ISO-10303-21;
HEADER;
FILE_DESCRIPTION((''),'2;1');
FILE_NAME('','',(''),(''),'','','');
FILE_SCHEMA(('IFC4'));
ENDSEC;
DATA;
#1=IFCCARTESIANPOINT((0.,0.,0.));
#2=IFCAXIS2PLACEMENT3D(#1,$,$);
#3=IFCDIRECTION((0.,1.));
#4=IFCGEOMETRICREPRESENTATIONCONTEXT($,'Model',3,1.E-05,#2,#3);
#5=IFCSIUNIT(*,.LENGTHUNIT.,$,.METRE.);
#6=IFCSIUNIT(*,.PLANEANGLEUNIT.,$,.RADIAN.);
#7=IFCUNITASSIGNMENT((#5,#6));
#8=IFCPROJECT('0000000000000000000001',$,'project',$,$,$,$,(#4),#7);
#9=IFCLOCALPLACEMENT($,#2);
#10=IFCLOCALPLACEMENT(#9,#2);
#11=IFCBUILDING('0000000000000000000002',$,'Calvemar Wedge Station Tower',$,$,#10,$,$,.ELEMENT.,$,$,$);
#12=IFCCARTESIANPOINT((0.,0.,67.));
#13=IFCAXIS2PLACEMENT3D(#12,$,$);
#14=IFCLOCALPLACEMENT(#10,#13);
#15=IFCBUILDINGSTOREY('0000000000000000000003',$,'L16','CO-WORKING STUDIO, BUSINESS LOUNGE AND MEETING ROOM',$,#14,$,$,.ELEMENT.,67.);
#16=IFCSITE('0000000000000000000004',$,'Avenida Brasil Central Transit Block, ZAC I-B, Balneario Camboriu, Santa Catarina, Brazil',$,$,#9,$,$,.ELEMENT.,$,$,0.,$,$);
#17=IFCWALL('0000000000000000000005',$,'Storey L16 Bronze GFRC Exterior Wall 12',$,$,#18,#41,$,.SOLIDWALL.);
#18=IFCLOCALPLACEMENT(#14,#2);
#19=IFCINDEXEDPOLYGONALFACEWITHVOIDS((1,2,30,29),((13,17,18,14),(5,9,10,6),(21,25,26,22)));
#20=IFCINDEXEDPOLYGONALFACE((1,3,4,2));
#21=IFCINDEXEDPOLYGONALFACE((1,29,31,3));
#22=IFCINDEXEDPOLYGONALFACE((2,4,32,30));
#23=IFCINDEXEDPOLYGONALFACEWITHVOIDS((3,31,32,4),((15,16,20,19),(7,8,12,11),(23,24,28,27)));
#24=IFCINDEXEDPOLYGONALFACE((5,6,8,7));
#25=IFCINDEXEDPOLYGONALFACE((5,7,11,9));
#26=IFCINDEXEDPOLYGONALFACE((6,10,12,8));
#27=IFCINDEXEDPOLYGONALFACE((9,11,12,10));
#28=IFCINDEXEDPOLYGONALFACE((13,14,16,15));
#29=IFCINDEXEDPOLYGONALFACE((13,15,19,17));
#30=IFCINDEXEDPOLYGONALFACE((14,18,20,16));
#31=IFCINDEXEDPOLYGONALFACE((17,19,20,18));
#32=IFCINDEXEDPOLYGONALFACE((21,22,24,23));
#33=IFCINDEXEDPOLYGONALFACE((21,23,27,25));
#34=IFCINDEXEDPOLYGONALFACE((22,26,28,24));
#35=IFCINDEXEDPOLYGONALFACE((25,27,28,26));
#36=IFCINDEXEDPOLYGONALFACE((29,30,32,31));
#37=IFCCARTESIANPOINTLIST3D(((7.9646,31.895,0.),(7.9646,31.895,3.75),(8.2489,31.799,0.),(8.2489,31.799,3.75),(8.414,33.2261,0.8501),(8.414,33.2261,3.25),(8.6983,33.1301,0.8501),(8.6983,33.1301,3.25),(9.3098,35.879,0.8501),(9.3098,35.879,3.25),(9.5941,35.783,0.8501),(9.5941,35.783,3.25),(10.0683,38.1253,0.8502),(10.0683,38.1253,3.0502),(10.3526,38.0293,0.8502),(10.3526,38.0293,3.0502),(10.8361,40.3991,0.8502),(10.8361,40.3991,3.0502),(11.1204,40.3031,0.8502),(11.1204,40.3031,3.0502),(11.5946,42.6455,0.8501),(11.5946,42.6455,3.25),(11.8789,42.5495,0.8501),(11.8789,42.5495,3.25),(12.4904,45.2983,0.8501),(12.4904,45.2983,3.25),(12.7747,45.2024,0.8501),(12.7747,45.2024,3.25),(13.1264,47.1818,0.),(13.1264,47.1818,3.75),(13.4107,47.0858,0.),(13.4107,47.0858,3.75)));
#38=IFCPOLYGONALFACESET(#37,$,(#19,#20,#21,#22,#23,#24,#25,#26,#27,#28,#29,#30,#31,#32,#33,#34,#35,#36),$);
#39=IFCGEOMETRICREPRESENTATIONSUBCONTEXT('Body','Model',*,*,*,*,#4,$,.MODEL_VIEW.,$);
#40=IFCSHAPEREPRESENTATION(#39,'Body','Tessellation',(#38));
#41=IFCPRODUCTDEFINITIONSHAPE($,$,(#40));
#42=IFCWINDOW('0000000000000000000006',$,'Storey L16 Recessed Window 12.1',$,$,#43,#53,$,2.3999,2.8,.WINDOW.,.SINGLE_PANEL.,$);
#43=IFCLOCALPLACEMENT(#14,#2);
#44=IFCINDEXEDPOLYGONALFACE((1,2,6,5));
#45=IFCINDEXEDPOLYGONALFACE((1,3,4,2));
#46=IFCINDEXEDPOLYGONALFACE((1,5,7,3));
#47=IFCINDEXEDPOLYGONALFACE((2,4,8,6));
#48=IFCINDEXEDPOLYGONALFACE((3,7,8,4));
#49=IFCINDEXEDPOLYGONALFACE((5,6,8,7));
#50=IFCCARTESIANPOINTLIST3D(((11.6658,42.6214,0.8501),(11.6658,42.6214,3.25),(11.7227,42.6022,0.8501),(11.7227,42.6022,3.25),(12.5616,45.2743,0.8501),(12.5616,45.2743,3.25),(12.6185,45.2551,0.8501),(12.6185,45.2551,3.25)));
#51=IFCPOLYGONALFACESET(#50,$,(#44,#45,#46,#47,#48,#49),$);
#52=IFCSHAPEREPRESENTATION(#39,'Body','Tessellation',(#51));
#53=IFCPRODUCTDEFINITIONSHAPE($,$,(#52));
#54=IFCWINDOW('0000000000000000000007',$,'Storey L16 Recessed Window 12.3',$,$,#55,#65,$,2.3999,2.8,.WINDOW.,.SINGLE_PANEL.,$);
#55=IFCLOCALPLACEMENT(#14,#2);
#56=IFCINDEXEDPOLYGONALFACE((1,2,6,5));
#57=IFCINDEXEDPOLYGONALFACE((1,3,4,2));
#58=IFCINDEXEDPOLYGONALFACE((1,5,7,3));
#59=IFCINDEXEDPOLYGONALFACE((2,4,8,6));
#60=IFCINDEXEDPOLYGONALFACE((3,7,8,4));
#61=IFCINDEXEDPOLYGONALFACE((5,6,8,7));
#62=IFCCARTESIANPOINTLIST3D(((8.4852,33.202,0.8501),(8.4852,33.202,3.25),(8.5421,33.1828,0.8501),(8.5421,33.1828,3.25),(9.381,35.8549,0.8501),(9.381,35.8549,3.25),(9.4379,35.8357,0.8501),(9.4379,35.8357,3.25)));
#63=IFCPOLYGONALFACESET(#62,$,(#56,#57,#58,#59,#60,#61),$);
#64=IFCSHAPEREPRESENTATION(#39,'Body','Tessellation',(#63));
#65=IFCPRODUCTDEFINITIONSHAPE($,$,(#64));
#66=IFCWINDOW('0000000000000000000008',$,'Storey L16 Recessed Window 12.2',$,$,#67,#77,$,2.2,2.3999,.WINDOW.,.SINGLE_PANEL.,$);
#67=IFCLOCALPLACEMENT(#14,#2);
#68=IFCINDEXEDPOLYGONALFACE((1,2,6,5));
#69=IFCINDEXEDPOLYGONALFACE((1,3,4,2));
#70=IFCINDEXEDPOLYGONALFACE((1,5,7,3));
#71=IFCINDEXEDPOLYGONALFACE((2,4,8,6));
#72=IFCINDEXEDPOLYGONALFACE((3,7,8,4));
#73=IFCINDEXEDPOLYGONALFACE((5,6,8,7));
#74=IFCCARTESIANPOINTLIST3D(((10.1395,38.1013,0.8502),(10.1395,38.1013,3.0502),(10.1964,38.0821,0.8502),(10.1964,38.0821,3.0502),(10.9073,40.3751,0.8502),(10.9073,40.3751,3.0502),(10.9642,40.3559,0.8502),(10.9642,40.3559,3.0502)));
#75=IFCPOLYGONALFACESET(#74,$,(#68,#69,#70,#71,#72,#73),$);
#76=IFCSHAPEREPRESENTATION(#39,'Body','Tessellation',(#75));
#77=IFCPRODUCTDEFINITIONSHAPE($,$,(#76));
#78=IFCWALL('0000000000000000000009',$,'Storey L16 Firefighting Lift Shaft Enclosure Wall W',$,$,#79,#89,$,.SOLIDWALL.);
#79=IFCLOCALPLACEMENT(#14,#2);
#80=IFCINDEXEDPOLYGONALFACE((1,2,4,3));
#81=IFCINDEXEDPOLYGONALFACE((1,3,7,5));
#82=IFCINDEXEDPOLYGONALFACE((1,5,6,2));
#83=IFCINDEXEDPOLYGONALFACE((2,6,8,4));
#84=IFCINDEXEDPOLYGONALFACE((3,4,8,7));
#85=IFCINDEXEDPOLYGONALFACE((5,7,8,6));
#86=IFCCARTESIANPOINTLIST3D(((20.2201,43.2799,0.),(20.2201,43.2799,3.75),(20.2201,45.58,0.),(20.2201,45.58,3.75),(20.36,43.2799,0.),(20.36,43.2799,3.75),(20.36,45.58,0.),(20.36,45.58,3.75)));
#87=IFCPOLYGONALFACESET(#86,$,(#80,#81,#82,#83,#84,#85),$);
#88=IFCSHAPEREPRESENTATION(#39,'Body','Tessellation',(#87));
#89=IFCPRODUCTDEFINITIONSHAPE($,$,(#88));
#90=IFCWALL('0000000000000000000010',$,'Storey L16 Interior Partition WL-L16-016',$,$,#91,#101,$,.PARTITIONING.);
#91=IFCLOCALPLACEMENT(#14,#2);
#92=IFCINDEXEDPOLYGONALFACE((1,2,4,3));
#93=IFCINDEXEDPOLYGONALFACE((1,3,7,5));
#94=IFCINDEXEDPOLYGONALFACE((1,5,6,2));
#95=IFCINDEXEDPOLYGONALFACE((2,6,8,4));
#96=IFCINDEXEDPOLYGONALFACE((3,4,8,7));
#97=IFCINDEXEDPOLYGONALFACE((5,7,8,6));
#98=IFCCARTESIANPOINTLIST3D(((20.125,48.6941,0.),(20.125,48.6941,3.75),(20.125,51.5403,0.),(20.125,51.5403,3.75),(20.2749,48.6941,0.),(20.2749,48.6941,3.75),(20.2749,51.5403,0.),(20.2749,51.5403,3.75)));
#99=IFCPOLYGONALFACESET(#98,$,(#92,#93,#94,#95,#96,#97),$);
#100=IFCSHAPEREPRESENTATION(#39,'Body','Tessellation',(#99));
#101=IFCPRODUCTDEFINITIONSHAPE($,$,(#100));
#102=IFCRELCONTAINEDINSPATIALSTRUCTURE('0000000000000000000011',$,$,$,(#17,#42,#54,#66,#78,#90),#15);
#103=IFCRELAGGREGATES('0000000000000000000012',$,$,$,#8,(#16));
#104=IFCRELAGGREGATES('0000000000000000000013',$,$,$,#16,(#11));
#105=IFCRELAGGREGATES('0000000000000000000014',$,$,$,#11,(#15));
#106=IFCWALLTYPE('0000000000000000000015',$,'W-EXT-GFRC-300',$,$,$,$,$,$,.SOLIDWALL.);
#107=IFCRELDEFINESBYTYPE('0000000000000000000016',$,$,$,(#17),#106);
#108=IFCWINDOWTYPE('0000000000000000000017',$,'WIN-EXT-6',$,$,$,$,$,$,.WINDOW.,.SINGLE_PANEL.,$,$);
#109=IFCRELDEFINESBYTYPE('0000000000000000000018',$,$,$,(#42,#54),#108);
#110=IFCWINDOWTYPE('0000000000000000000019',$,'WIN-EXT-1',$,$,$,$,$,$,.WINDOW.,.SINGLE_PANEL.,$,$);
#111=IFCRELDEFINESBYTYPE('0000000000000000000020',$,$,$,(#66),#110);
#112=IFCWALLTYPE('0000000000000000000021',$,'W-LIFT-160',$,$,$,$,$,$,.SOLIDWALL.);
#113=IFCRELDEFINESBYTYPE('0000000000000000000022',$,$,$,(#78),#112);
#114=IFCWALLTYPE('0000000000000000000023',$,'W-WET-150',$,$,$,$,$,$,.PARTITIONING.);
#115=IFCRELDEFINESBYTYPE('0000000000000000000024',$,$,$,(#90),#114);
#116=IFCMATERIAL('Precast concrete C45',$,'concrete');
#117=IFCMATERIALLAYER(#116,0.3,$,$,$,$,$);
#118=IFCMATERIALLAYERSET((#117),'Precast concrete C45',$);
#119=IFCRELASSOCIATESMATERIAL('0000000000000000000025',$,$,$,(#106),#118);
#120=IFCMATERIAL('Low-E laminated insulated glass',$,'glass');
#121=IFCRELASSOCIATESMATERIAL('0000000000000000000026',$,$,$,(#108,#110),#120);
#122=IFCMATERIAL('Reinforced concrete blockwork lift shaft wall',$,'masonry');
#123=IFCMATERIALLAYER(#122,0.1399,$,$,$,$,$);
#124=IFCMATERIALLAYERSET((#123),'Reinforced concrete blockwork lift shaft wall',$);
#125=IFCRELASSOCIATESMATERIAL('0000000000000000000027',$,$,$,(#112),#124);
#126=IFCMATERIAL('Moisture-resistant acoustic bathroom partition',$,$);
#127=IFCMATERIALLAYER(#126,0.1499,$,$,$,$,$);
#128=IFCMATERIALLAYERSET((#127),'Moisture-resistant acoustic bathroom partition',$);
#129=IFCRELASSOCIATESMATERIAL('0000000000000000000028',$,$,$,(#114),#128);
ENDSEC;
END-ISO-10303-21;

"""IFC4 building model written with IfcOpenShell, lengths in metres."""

from ifc_helpers import new_model, si_unit, direction, frame, frame_2d, origin, place, context, subcontext, project, spatial, rectangle, extrude, source, transform, mapped, material, layer, layer_set, type_object, element, fill, save


model = new_model("IFC4")

# Units and contexts
model_context = context("Model", 3, precision=1e-05, world=origin(), true_north=direction((0.0, 1.0)))
body_context = subcontext(model_context, "Body", "Model", "MODEL_VIEW")
ifc_project = project(units=[si_unit("LENGTHUNIT", "METRE"), si_unit("PLANEANGLEUNIT", "RADIAN")], contexts=[model_context])

# Site, building, storey
site_placement = place(None, origin())
site = spatial("IfcSite", under=ifc_project, at=site_placement, Name="Avenida Brasil Central Transit Block, ZAC I-B, Balneario Camboriu, Santa Catarina, Brazil", CompositionType="ELEMENT", RefElevation=0.0)
building_placement = place(site_placement, origin())
building = spatial("IfcBuilding", under=site, at=building_placement, Name="Calvemar Wedge Station Tower", CompositionType="ELEMENT")
storey_placement = place(building_placement, frame((0.0, 0.0, 67.0)))
storey = spatial("IfcBuildingStorey", under=building, at=storey_placement, Name="L16", Description="CO-WORKING STUDIO, BUSINESS LOUNGE AND MEETING ROOM", CompositionType="ELEMENT", Elevation=67.0)

# Shared definitions
ifc_material_1 = material(Name="Precast concrete C45", Category="concrete")

# Wall, openings, windows
ifc_layer_1 = layer(ifc_material_1, 0.3)
ifc_layer_set_1 = layer_set([ifc_layer_1], Name="Precast concrete C45")
wall_type_1 = type_object("IfcWallType", Name="W-EXT-GFRC-300", PredefinedType="SOLIDWALL", material=ifc_layer_set_1)
wall_1_placement = place(storey_placement, frame((13.2686, 47.1338, 0.0), z_axis=(0.0, 0.0, 1.0), x_axis=(-0.31992, -0.947444, 0.0)))
wall_1 = element("IfcWall", 1, at=wall_1_placement, inside=storey, type_object=wall_type_1, Name="Storey L16 Bronze GFRC Exterior Wall 12", PredefinedType="SOLIDWALL", context=body_context, shape_type="SweptSolid", body=[
    extrude(rectangle(XDim=16.1348, YDim=0.3, at=frame_2d((8.0674, 0.0))), origin(), (0.0, 0.0, 1.0), 3.75),
])
shared_shape_1 = source(origin(), body_context, "Body", "SweptSolid", [
    extrude(rectangle(XDim=2.8, YDim=2.3999, at=frame_2d((1.3999, 1.2))), frame((0.0, 0.1602, 0.0), z_axis=(0.0, -1.0, 0.0), x_axis=(1.0, 0.0, 0.0)), (0.0, 0.0, 1.0), 0.3201),
])
opening_1_placement = place(wall_1_placement, frame((1.988, 0.0, 0.8501)))
opening_1 = element("IfcOpeningElement", 2, at=opening_1_placement, cuts=wall_1, PredefinedType="OPENING", context=body_context, shape_type="MappedRepresentation", body=[
    mapped(shared_shape_1, transform((0.0, 0.0, 0.0), scale=1.0)),
])
shared_shape_2 = source(origin(), body_context, "Body", "SweptSolid", [
    extrude(rectangle(XDim=2.3999, YDim=2.2, at=frame_2d((1.2, 1.1001))), frame((0.0, 0.1602, 0.0), z_axis=(0.0, -1.0, 0.0), x_axis=(1.0, 0.0, 0.0)), (0.0, 0.0, 1.0), 0.3201),
])
opening_2_placement = place(wall_1_placement, frame((7.1589, 0.0, 0.8501)))
opening_2 = element("IfcOpeningElement", 3, at=opening_2_placement, cuts=wall_1, PredefinedType="OPENING", context=body_context, shape_type="MappedRepresentation", body=[
    mapped(shared_shape_2, transform((0.0, 0.0, 0.0), scale=1.0)),
])
opening_3_placement = place(wall_1_placement, frame((11.9299, 0.0, 0.8501)))
opening_3 = element("IfcOpeningElement", 4, at=opening_3_placement, cuts=wall_1, PredefinedType="OPENING", context=body_context, shape_type="MappedRepresentation", body=[
    mapped(shared_shape_1, transform((0.0, 0.0, 0.0), scale=1.0)),
])
ifc_material_2 = material(Name="Low-E laminated insulated glass", Category="glass")
window_type_1 = type_object("IfcWindowType", Name="WIN-EXT-6", PartitioningType="SINGLE_PANEL", PredefinedType="WINDOW", material=ifc_material_2)
shared_shape_3 = source(origin(), body_context, "Body", "SweptSolid", [
    extrude(rectangle(XDim=2.8, YDim=2.3999, at=frame_2d((1.3999, 1.2))), frame((0.0, -0.0149, 0.0), z_axis=(0.0, -1.0, 0.0), x_axis=(1.0, 0.0, 0.0)), (0.0, 0.0, 1.0), 0.0601),
])
window_1_placement = place(opening_1_placement, origin())
window_1 = element("IfcWindow", 5, at=window_1_placement, inside=storey, type_object=window_type_1, Name="Storey L16 Recessed Window 12.1", OverallHeight=2.3999, OverallWidth=2.8, PartitioningType="SINGLE_PANEL", PredefinedType="WINDOW", context=body_context, shape_type="MappedRepresentation", body=[
    mapped(shared_shape_3, transform((0.0, 0.0, 0.0), scale=1.0)),
])
fill(opening_1, window_1)
window_2_placement = place(opening_3_placement, origin())
window_2 = element("IfcWindow", 6, at=window_2_placement, inside=storey, type_object=window_type_1, Name="Storey L16 Recessed Window 12.3", OverallHeight=2.3999, OverallWidth=2.8, PartitioningType="SINGLE_PANEL", PredefinedType="WINDOW", context=body_context, shape_type="MappedRepresentation", body=[
    mapped(shared_shape_3, transform((0.0, 0.0, 0.0), scale=1.0)),
])
fill(opening_3, window_2)
window_type_2 = type_object("IfcWindowType", Name="WIN-EXT-1", PartitioningType="SINGLE_PANEL", PredefinedType="WINDOW", material=ifc_material_2)
shared_shape_4 = source(origin(), body_context, "Body", "SweptSolid", [
    extrude(rectangle(XDim=2.3999, YDim=2.2, at=frame_2d((1.2, 1.1001))), frame((0.0, -0.0149, 0.0), z_axis=(0.0, -1.0, 0.0), x_axis=(1.0, 0.0, 0.0)), (0.0, 0.0, 1.0), 0.0601),
])
window_3_placement = place(opening_2_placement, origin())
window_3 = element("IfcWindow", 7, at=window_3_placement, inside=storey, type_object=window_type_2, Name="Storey L16 Recessed Window 12.2", OverallHeight=2.2, OverallWidth=2.3999, PartitioningType="SINGLE_PANEL", PredefinedType="WINDOW", context=body_context, shape_type="MappedRepresentation", body=[
    mapped(shared_shape_4, transform((0.0, 0.0, 0.0), scale=1.0)),
])
fill(opening_2, window_3)

# Shared definitions
ifc_material_3 = material(Name="Reinforced concrete blockwork lift shaft wall", Category="masonry")
ifc_layer_2 = layer(ifc_material_3, 0.1399)
ifc_layer_set_2 = layer_set([ifc_layer_2], Name="Reinforced concrete blockwork lift shaft wall")
wall_type_2 = type_object("IfcWallType", Name="W-LIFT-160", PredefinedType="SOLIDWALL", material=ifc_layer_set_2)

# Walls
wall_2_placement = place(storey_placement, frame((20.29, 43.28, 0.0), z_axis=(0.0, 0.0, 1.0), x_axis=(0.0, 1.0, 0.0)))
element("IfcWall", 8, at=wall_2_placement, inside=storey, type_object=wall_type_2, Name="Storey L16 Firefighting Lift Shaft Enclosure Wall W", PredefinedType="SOLIDWALL", context=body_context, shape_type="SweptSolid", body=[
    extrude(rectangle(XDim=2.3, YDim=0.1399, at=frame_2d((1.1499, 0.0))), origin(), (0.0, 0.0, 1.0), 3.75),
])
ifc_material_4 = material(Name="Moisture-resistant acoustic bathroom partition")
ifc_layer_3 = layer(ifc_material_4, 0.1499)
ifc_layer_set_3 = layer_set([ifc_layer_3], Name="Moisture-resistant acoustic bathroom partition")
wall_type_3 = type_object("IfcWallType", Name="W-WET-150", PredefinedType="PARTITIONING", material=ifc_layer_set_3)
wall_3_placement = place(storey_placement, frame((20.2, 51.5403, 0.0), z_axis=(0.0, 0.0, 1.0), x_axis=(0.0, -1.0, 0.0)))
element("IfcWall", 9, at=wall_3_placement, inside=storey, type_object=wall_type_3, Name="Storey L16 Interior Partition WL-L16-016", PredefinedType="PARTITIONING", context=body_context, shape_type="SweptSolid", body=[
    extrude(rectangle(XDim=2.8462, YDim=0.1499, at=frame_2d((1.4231, 0.0))), origin(), (0.0, 0.0, 1.0), 3.75),
])

save(model, "model.ifc")
